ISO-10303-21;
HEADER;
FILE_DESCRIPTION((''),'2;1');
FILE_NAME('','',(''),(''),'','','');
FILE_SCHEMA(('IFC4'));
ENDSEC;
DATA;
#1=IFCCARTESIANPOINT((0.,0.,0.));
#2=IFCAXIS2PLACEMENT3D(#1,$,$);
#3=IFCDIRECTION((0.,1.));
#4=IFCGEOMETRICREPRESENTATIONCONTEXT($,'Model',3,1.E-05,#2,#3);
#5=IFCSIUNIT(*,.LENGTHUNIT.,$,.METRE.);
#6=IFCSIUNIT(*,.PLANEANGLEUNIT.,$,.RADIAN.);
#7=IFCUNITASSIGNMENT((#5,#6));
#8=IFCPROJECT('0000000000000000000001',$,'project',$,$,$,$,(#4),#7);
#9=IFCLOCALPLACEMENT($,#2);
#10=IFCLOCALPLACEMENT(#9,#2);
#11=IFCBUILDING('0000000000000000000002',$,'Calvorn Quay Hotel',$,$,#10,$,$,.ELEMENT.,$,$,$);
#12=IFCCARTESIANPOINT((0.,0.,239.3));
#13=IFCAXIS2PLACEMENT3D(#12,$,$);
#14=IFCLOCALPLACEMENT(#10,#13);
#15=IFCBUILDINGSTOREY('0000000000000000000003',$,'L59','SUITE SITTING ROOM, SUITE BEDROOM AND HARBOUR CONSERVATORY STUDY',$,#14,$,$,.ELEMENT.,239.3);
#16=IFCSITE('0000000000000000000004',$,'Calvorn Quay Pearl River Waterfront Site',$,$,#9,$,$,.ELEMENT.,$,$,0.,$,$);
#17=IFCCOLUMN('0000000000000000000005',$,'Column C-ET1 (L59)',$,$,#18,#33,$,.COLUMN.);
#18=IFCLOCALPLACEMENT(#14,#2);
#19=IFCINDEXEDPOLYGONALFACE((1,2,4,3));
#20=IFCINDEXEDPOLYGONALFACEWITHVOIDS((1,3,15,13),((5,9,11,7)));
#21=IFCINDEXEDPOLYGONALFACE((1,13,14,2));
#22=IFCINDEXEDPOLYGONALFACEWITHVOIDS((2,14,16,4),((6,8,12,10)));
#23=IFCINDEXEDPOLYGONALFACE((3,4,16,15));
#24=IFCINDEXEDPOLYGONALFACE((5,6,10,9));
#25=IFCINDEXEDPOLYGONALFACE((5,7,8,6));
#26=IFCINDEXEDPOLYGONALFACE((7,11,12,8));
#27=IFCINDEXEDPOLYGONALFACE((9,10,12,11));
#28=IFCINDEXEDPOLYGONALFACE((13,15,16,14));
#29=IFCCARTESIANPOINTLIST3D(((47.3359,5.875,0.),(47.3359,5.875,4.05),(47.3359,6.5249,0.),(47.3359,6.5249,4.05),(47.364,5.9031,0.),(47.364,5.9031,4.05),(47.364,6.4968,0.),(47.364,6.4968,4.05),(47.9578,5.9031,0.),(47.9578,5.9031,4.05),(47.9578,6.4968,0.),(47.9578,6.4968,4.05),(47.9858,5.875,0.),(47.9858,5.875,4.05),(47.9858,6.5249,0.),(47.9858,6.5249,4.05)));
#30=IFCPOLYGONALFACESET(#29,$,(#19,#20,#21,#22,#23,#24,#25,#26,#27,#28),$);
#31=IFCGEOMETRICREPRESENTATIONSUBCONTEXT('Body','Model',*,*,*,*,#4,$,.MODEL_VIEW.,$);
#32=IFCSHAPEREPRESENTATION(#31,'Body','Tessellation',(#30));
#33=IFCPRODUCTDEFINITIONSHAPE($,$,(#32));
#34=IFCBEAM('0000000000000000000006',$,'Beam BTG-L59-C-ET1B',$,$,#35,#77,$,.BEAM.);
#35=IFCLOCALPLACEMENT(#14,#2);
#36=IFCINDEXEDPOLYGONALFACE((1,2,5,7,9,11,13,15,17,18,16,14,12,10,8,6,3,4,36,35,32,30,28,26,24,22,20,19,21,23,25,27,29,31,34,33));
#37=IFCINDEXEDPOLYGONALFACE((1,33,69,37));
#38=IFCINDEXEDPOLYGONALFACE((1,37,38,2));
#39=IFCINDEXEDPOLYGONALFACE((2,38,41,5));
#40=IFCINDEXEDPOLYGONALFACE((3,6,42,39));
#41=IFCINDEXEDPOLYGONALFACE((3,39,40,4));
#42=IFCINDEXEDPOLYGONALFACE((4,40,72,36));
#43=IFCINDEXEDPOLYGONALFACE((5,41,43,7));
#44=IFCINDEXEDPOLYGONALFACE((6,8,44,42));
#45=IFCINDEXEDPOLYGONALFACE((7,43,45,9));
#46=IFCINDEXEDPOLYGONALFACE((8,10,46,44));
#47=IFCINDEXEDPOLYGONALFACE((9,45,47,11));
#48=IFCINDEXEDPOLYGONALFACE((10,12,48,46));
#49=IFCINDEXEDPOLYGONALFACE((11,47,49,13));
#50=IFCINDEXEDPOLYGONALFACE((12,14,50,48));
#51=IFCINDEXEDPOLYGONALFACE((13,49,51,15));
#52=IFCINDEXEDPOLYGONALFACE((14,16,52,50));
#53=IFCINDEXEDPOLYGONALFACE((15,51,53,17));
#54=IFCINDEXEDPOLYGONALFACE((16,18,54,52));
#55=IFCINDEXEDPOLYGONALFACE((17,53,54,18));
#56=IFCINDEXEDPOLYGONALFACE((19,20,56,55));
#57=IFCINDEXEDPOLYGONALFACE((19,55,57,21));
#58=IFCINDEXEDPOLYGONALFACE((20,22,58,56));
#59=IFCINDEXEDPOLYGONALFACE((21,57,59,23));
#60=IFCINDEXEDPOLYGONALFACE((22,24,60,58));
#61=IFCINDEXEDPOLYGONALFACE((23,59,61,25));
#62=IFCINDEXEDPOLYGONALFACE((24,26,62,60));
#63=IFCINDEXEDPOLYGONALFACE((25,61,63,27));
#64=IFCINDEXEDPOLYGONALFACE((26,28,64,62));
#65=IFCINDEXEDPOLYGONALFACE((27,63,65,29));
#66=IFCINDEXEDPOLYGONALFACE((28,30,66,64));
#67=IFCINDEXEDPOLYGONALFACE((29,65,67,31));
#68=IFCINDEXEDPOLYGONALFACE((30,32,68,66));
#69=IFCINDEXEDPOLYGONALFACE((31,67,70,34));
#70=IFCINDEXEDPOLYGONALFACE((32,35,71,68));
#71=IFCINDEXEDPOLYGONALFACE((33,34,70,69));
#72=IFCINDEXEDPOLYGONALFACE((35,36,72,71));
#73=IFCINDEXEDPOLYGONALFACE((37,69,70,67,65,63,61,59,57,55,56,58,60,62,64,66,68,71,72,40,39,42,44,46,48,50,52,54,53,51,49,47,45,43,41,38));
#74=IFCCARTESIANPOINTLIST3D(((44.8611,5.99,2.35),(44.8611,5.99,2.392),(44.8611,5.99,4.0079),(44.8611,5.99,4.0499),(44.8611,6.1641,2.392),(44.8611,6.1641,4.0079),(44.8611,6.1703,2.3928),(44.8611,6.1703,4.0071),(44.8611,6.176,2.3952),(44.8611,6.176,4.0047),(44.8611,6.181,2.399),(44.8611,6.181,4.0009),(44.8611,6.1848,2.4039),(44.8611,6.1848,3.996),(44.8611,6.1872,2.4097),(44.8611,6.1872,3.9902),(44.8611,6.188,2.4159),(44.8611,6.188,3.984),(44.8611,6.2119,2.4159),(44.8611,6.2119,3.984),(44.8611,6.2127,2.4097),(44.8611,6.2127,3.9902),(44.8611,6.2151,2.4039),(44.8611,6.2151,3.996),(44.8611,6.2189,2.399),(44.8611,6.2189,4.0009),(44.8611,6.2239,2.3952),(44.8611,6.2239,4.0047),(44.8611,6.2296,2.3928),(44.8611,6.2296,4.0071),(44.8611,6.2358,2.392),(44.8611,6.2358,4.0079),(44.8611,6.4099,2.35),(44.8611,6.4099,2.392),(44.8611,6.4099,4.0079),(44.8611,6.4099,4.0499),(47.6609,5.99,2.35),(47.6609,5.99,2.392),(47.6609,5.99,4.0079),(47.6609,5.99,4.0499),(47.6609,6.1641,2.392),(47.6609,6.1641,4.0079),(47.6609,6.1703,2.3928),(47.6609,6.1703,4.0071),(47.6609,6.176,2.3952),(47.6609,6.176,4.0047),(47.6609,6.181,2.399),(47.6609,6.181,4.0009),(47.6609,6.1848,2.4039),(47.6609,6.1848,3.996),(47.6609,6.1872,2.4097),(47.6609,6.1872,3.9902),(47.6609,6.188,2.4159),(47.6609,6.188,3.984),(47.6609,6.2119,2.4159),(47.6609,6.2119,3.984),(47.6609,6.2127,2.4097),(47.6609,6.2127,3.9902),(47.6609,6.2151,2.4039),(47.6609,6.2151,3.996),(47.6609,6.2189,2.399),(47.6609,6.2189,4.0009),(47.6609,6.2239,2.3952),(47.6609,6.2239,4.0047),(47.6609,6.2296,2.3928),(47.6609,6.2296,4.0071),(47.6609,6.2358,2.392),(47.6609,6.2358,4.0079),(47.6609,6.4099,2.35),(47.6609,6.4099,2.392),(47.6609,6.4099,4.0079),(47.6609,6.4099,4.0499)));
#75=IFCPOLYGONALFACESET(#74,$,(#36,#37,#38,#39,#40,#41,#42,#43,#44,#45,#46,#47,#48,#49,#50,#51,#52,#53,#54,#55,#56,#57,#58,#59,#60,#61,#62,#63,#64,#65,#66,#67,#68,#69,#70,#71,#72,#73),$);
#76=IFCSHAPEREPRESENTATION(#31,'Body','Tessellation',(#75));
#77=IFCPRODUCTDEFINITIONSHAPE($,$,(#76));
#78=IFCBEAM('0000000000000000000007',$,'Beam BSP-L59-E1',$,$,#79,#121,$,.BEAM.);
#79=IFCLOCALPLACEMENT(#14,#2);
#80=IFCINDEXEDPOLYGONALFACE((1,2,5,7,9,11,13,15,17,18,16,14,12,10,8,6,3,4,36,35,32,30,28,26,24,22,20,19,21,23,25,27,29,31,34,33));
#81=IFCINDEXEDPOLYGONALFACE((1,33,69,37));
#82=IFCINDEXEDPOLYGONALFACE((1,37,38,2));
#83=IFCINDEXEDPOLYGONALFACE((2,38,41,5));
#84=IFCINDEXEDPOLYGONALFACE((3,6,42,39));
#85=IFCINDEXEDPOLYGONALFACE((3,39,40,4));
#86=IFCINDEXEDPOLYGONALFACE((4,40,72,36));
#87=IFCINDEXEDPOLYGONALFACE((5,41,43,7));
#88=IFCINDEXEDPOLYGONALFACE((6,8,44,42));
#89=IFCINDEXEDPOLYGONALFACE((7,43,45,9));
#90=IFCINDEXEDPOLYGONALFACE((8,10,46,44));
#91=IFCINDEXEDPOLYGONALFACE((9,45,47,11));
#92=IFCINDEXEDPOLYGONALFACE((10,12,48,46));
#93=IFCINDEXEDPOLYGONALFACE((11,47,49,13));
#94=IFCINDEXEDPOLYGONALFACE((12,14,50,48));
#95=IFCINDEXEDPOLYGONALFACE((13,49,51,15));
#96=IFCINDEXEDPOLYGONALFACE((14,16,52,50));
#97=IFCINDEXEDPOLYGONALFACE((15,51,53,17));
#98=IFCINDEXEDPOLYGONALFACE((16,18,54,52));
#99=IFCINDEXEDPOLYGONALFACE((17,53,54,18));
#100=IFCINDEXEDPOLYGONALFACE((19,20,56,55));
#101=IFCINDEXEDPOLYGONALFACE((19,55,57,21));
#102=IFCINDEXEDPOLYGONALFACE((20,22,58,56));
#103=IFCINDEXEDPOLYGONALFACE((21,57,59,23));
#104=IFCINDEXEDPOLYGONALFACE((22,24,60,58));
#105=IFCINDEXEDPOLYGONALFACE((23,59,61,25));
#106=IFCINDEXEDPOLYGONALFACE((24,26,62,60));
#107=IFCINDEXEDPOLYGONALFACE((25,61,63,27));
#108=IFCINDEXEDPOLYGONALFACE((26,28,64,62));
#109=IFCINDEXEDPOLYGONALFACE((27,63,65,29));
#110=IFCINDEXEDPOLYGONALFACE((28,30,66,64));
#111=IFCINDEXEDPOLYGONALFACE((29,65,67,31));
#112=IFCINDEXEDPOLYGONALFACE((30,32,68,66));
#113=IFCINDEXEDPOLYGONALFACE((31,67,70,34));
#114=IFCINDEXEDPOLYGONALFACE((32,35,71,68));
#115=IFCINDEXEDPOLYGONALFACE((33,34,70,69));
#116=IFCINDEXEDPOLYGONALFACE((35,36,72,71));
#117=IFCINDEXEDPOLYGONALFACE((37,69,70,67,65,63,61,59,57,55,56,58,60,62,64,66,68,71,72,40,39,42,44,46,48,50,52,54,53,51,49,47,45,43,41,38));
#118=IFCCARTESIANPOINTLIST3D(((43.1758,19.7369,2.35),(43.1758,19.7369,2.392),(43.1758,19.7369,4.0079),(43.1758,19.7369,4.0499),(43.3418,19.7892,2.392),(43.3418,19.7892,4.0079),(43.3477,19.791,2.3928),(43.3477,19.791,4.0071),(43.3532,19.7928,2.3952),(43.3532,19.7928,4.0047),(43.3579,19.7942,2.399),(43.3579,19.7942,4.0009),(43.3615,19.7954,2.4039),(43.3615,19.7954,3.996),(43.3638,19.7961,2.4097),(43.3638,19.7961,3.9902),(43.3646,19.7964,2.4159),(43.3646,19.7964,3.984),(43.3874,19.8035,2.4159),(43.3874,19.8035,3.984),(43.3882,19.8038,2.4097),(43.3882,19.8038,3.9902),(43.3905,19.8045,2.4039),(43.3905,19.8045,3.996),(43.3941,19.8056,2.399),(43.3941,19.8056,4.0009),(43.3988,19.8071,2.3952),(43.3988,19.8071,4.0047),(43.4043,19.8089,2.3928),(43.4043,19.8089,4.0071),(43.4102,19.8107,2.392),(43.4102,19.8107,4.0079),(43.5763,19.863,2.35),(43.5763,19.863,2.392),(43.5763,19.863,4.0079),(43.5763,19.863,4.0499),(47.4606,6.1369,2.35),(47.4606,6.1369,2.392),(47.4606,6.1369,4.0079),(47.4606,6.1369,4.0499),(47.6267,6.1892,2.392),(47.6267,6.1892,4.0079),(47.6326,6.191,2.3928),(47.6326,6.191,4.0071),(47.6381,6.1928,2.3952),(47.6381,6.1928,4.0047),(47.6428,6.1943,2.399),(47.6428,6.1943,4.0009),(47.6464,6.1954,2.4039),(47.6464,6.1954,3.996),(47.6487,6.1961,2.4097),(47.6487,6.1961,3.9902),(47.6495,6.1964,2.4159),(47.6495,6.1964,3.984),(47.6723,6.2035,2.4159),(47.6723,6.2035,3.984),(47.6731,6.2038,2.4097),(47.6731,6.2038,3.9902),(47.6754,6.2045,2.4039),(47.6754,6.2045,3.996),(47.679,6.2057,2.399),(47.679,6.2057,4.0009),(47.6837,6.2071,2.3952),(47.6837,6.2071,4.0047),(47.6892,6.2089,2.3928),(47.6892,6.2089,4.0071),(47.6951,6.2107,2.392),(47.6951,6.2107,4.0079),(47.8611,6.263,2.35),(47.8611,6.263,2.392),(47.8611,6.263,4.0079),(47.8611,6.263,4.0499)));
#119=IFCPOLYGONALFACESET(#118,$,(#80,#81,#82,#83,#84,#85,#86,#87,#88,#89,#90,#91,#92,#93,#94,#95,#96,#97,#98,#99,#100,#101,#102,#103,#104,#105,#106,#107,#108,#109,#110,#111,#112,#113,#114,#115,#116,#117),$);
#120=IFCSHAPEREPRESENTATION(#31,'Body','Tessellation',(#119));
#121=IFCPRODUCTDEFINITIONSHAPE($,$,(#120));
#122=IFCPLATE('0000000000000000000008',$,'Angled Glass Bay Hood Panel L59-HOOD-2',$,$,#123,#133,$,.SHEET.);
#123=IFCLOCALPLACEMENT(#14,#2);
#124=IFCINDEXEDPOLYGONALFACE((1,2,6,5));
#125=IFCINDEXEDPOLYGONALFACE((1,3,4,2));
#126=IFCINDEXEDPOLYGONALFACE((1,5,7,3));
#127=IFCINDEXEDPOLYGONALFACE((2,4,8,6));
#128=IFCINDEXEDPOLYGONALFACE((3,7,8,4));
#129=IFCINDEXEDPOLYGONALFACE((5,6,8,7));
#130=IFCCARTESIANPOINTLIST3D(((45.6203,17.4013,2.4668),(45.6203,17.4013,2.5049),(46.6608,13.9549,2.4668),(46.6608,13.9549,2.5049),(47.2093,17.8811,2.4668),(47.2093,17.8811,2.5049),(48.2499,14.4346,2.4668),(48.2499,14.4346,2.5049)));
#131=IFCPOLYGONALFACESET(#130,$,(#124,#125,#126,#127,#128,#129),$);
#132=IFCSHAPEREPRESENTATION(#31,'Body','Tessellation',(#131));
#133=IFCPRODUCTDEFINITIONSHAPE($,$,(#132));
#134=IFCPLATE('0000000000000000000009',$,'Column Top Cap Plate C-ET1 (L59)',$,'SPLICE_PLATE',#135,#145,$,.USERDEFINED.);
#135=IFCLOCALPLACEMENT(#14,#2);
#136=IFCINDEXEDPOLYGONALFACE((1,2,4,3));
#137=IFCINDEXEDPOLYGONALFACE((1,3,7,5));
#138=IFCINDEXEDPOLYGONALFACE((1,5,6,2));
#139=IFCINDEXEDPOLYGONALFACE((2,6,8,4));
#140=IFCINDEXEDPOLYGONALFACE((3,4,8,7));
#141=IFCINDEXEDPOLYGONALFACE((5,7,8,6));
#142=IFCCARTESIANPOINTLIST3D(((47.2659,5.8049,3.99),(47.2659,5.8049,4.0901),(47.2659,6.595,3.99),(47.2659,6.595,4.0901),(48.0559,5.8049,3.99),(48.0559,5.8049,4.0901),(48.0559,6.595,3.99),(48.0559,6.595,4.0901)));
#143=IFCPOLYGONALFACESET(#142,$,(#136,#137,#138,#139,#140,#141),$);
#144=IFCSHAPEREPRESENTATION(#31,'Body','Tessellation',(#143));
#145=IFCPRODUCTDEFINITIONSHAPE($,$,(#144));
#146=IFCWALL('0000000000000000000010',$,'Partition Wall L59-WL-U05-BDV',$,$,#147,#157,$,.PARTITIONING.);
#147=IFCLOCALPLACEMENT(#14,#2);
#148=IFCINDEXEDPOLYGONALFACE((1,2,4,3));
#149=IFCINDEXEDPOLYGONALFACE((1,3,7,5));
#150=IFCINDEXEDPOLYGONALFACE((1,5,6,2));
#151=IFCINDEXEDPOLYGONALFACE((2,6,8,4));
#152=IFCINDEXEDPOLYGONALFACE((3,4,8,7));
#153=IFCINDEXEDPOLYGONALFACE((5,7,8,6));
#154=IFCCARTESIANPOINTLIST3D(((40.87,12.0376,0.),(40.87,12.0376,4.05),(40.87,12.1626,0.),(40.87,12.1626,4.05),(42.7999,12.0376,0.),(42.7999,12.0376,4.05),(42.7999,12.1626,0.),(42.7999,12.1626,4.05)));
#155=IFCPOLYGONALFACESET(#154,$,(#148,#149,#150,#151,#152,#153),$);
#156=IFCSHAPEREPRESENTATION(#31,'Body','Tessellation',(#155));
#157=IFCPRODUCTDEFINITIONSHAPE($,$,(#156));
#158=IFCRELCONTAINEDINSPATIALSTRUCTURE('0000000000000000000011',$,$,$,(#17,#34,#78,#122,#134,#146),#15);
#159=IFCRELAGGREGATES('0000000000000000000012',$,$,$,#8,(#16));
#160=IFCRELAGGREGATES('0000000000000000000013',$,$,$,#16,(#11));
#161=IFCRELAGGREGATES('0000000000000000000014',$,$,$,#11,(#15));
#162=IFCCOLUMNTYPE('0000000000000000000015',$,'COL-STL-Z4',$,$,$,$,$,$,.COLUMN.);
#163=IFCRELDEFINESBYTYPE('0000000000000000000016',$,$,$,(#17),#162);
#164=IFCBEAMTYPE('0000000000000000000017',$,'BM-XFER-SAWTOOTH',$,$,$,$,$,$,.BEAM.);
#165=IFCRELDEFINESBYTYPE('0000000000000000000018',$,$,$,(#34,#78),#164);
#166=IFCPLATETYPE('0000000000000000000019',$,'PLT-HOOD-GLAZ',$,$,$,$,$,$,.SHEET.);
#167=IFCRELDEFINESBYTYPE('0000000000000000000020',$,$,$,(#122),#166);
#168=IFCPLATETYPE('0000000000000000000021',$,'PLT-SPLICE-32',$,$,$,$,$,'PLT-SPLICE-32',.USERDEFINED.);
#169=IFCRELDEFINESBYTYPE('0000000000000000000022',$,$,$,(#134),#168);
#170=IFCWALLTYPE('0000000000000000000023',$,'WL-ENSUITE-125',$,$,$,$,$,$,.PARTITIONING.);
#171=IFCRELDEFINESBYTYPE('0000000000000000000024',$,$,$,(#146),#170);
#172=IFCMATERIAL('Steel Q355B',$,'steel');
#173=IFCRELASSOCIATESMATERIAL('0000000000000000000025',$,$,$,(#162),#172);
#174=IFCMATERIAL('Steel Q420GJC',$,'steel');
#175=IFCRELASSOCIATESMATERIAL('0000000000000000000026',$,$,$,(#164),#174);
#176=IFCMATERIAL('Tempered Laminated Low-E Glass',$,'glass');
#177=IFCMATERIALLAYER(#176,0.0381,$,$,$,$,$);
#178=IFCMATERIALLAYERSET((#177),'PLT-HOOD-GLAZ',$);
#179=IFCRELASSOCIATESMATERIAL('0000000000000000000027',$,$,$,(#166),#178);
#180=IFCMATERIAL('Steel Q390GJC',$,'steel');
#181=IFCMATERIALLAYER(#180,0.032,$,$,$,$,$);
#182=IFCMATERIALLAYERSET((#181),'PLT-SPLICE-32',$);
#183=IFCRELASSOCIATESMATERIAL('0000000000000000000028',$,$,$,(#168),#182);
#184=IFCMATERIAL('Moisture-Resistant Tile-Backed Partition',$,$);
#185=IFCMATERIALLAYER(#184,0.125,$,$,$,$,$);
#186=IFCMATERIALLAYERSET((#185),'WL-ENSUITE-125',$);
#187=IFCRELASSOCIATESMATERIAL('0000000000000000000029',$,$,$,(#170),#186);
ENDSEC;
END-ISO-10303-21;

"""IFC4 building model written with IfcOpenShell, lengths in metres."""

from ifc_helpers import new_model, si_unit, direction, frame, frame_2d, origin, origin_2d, place, context, subcontext, project, spatial, rectangle, hollow_rectangle, i_section, extrude, material, layer, layer_set, material_profile, profile_set, type_object, element, save


model = new_model("IFC4")

# Units and contexts
model_context = context("Model", 3, precision=1e-05, world=origin(), true_north=direction((0.0, 1.0)))
body_context = subcontext(model_context, "Body", "Model", "MODEL_VIEW")
ifc_project = project(units=[si_unit("LENGTHUNIT", "METRE"), si_unit("PLANEANGLEUNIT", "RADIAN")], contexts=[model_context])

# Site, building, storey
site_placement = place(None, origin())
site = spatial("IfcSite", under=ifc_project, at=site_placement, Name="Calvorn Quay Pearl River Waterfront Site", CompositionType="ELEMENT", RefElevation=0.0)
building_placement = place(site_placement, origin())
building = spatial("IfcBuilding", under=site, at=building_placement, Name="Calvorn Quay Hotel", CompositionType="ELEMENT")
storey_placement = place(building_placement, frame((0.0, 0.0, 239.3)))
storey = spatial("IfcBuildingStorey", under=building, at=storey_placement, Name="L59", Description="SUITE SITTING ROOM, SUITE BEDROOM AND HARBOUR CONSERVATORY STUDY", CompositionType="ELEMENT", Elevation=239.3)

# Column
ifc_material_1 = material(Name="Steel Q355B", Category="steel")
ifc_material_profile_1 = material_profile(ifc_material_1, hollow_rectangle(XDim=0.6499, YDim=0.6499, WallThickness=0.0281, at=origin_2d()), Name="BOX650x650x28")
ifc_profile_set_1 = profile_set([ifc_material_profile_1], Name="Steel Q355B")
column_type = type_object("IfcColumnType", Name="COL-STL-Z4", PredefinedType="COLUMN", material=ifc_profile_set_1)
column_placement = place(storey_placement, frame((47.6609, 6.2, 0.0), z_axis=(0.0, 0.0, 1.0), x_axis=(1.0, 0.0, 0.0)))
element("IfcColumn", 1, at=column_placement, inside=storey, type_object=column_type, Name="Column C-ET1 (L59)", PredefinedType="COLUMN", context=body_context, shape_type="SweptSolid", body=[
    extrude(hollow_rectangle(XDim=0.6499, YDim=0.6499, WallThickness=0.0281, at=origin_2d()), origin(), (0.0, 0.0, 1.0), 4.05),
])

# Beams
ifc_material_2 = material(Name="Steel Q420GJC", Category="steel")
ifc_material_profile_2 = material_profile(ifc_material_2, i_section(OverallWidth=0.4199, OverallDepth=1.7, WebThickness=0.0239, FlangeThickness=0.042, FilletRadius=0.0239, at=origin_2d()), Name="HN1700x420x24x42")
ifc_profile_set_2 = profile_set([ifc_material_profile_2], Name="Steel Q420GJC")
beam_type = type_object("IfcBeamType", Name="BM-XFER-SAWTOOTH", PredefinedType="BEAM", material=ifc_profile_set_2)
beam_1_placement = place(storey_placement, frame((44.8611, 6.2, 3.2), z_axis=(1.0, 0.0, 0.0), x_axis=(0.0, 1.0, 0.0)))
element("IfcBeam", 2, at=beam_1_placement, inside=storey, type_object=beam_type, Name="Beam BTG-L59-C-ET1B", PredefinedType="BEAM", context=body_context, shape_type="SweptSolid", body=[
    extrude(i_section(OverallWidth=0.4199, OverallDepth=1.7, WebThickness=0.0239, FlangeThickness=0.042, FilletRadius=0.0239, at=origin_2d()), origin(), (0.0, 0.0, 1.0), 2.7998),
])
beam_2_placement = place(storey_placement, frame((47.6609, 6.2, 3.2), z_axis=(-0.300503, 0.953781, 0.0), x_axis=(-0.953781, -0.300503, 0.0)))
element("IfcBeam", 3, at=beam_2_placement, inside=storey, type_object=beam_type, Name="Beam BSP-L59-E1", PredefinedType="BEAM", context=body_context, shape_type="SweptSolid", body=[
    extrude(i_section(OverallWidth=0.4199, OverallDepth=1.7, WebThickness=0.0239, FlangeThickness=0.042, FilletRadius=0.0239, at=origin_2d()), origin(), (0.0, 0.0, 1.0), 14.259),
])

# Plates
ifc_material_3 = material(Name="Tempered Laminated Low-E Glass", Category="glass")
ifc_layer_1 = layer(ifc_material_3, 0.0381)
ifc_layer_set_1 = layer_set([ifc_layer_1], Name="PLT-HOOD-GLAZ")
plate_type_1 = type_object("IfcPlateType", Name="PLT-HOOD-GLAZ", PredefinedType="SHEET", material=ifc_layer_set_1)
plate_1_placement = place(storey_placement, frame((46.9351, 15.918, 2.4668), z_axis=(0.0, 0.0, 1.0), x_axis=(0.957319, 0.289032, 0.0)))
element("IfcPlate", 4, at=plate_1_placement, inside=storey, type_object=plate_type_1, Name="Angled Glass Bay Hood Panel L59-HOOD-2", PredefinedType="SHEET", context=body_context, shape_type="SweptSolid", body=[
    extrude(rectangle(XDim=1.6599, YDim=3.6001, at=origin_2d()), origin(), (0.0, 0.0, 1.0), 0.0381),
])
ifc_material_4 = material(Name="Steel Q390GJC", Category="steel")
ifc_layer_2 = layer(ifc_material_4, 0.032)
ifc_layer_set_2 = layer_set([ifc_layer_2], Name="PLT-SPLICE-32")
plate_type_2 = type_object("IfcPlateType", Name="PLT-SPLICE-32", ElementType="PLT-SPLICE-32", PredefinedType="USERDEFINED", material=ifc_layer_set_2)
plate_2_placement = place(storey_placement, frame((47.6609, 6.2, 3.99), z_axis=(0.0, 0.0, 1.0), x_axis=(1.0, 0.0, 0.0)))
element("IfcPlate", 5, at=plate_2_placement, inside=storey, type_object=plate_type_2, Name="Column Top Cap Plate C-ET1 (L59)", ObjectType="SPLICE_PLATE", PredefinedType="USERDEFINED", context=body_context, shape_type="SweptSolid", body=[
    extrude(rectangle(XDim=0.79, YDim=0.79, at=origin_2d()), origin(), (0.0, 0.0, 1.0), 0.1001),
])

# Wall
ifc_material_5 = material(Name="Moisture-Resistant Tile-Backed Partition")
ifc_layer_3 = layer(ifc_material_5, 0.125)
ifc_layer_set_3 = layer_set([ifc_layer_3], Name="WL-ENSUITE-125")
wall_type = type_object("IfcWallType", Name="WL-ENSUITE-125", PredefinedType="PARTITIONING", material=ifc_layer_set_3)
wall_placement = place(storey_placement, frame((40.8701, 12.1001, 0.0), z_axis=(0.0, 0.0, 1.0), x_axis=(1.0, 0.0, 0.0)))
element("IfcWall", 6, at=wall_placement, inside=storey, type_object=wall_type, Name="Partition Wall L59-WL-U05-BDV", PredefinedType="PARTITIONING", context=body_context, shape_type="SweptSolid", body=[
    extrude(rectangle(XDim=1.9299, YDim=0.125, at=frame_2d((0.9648, 0.0))), origin(), (0.0, 0.0, 1.0), 4.05),
])

save(model, "model.ifc")
